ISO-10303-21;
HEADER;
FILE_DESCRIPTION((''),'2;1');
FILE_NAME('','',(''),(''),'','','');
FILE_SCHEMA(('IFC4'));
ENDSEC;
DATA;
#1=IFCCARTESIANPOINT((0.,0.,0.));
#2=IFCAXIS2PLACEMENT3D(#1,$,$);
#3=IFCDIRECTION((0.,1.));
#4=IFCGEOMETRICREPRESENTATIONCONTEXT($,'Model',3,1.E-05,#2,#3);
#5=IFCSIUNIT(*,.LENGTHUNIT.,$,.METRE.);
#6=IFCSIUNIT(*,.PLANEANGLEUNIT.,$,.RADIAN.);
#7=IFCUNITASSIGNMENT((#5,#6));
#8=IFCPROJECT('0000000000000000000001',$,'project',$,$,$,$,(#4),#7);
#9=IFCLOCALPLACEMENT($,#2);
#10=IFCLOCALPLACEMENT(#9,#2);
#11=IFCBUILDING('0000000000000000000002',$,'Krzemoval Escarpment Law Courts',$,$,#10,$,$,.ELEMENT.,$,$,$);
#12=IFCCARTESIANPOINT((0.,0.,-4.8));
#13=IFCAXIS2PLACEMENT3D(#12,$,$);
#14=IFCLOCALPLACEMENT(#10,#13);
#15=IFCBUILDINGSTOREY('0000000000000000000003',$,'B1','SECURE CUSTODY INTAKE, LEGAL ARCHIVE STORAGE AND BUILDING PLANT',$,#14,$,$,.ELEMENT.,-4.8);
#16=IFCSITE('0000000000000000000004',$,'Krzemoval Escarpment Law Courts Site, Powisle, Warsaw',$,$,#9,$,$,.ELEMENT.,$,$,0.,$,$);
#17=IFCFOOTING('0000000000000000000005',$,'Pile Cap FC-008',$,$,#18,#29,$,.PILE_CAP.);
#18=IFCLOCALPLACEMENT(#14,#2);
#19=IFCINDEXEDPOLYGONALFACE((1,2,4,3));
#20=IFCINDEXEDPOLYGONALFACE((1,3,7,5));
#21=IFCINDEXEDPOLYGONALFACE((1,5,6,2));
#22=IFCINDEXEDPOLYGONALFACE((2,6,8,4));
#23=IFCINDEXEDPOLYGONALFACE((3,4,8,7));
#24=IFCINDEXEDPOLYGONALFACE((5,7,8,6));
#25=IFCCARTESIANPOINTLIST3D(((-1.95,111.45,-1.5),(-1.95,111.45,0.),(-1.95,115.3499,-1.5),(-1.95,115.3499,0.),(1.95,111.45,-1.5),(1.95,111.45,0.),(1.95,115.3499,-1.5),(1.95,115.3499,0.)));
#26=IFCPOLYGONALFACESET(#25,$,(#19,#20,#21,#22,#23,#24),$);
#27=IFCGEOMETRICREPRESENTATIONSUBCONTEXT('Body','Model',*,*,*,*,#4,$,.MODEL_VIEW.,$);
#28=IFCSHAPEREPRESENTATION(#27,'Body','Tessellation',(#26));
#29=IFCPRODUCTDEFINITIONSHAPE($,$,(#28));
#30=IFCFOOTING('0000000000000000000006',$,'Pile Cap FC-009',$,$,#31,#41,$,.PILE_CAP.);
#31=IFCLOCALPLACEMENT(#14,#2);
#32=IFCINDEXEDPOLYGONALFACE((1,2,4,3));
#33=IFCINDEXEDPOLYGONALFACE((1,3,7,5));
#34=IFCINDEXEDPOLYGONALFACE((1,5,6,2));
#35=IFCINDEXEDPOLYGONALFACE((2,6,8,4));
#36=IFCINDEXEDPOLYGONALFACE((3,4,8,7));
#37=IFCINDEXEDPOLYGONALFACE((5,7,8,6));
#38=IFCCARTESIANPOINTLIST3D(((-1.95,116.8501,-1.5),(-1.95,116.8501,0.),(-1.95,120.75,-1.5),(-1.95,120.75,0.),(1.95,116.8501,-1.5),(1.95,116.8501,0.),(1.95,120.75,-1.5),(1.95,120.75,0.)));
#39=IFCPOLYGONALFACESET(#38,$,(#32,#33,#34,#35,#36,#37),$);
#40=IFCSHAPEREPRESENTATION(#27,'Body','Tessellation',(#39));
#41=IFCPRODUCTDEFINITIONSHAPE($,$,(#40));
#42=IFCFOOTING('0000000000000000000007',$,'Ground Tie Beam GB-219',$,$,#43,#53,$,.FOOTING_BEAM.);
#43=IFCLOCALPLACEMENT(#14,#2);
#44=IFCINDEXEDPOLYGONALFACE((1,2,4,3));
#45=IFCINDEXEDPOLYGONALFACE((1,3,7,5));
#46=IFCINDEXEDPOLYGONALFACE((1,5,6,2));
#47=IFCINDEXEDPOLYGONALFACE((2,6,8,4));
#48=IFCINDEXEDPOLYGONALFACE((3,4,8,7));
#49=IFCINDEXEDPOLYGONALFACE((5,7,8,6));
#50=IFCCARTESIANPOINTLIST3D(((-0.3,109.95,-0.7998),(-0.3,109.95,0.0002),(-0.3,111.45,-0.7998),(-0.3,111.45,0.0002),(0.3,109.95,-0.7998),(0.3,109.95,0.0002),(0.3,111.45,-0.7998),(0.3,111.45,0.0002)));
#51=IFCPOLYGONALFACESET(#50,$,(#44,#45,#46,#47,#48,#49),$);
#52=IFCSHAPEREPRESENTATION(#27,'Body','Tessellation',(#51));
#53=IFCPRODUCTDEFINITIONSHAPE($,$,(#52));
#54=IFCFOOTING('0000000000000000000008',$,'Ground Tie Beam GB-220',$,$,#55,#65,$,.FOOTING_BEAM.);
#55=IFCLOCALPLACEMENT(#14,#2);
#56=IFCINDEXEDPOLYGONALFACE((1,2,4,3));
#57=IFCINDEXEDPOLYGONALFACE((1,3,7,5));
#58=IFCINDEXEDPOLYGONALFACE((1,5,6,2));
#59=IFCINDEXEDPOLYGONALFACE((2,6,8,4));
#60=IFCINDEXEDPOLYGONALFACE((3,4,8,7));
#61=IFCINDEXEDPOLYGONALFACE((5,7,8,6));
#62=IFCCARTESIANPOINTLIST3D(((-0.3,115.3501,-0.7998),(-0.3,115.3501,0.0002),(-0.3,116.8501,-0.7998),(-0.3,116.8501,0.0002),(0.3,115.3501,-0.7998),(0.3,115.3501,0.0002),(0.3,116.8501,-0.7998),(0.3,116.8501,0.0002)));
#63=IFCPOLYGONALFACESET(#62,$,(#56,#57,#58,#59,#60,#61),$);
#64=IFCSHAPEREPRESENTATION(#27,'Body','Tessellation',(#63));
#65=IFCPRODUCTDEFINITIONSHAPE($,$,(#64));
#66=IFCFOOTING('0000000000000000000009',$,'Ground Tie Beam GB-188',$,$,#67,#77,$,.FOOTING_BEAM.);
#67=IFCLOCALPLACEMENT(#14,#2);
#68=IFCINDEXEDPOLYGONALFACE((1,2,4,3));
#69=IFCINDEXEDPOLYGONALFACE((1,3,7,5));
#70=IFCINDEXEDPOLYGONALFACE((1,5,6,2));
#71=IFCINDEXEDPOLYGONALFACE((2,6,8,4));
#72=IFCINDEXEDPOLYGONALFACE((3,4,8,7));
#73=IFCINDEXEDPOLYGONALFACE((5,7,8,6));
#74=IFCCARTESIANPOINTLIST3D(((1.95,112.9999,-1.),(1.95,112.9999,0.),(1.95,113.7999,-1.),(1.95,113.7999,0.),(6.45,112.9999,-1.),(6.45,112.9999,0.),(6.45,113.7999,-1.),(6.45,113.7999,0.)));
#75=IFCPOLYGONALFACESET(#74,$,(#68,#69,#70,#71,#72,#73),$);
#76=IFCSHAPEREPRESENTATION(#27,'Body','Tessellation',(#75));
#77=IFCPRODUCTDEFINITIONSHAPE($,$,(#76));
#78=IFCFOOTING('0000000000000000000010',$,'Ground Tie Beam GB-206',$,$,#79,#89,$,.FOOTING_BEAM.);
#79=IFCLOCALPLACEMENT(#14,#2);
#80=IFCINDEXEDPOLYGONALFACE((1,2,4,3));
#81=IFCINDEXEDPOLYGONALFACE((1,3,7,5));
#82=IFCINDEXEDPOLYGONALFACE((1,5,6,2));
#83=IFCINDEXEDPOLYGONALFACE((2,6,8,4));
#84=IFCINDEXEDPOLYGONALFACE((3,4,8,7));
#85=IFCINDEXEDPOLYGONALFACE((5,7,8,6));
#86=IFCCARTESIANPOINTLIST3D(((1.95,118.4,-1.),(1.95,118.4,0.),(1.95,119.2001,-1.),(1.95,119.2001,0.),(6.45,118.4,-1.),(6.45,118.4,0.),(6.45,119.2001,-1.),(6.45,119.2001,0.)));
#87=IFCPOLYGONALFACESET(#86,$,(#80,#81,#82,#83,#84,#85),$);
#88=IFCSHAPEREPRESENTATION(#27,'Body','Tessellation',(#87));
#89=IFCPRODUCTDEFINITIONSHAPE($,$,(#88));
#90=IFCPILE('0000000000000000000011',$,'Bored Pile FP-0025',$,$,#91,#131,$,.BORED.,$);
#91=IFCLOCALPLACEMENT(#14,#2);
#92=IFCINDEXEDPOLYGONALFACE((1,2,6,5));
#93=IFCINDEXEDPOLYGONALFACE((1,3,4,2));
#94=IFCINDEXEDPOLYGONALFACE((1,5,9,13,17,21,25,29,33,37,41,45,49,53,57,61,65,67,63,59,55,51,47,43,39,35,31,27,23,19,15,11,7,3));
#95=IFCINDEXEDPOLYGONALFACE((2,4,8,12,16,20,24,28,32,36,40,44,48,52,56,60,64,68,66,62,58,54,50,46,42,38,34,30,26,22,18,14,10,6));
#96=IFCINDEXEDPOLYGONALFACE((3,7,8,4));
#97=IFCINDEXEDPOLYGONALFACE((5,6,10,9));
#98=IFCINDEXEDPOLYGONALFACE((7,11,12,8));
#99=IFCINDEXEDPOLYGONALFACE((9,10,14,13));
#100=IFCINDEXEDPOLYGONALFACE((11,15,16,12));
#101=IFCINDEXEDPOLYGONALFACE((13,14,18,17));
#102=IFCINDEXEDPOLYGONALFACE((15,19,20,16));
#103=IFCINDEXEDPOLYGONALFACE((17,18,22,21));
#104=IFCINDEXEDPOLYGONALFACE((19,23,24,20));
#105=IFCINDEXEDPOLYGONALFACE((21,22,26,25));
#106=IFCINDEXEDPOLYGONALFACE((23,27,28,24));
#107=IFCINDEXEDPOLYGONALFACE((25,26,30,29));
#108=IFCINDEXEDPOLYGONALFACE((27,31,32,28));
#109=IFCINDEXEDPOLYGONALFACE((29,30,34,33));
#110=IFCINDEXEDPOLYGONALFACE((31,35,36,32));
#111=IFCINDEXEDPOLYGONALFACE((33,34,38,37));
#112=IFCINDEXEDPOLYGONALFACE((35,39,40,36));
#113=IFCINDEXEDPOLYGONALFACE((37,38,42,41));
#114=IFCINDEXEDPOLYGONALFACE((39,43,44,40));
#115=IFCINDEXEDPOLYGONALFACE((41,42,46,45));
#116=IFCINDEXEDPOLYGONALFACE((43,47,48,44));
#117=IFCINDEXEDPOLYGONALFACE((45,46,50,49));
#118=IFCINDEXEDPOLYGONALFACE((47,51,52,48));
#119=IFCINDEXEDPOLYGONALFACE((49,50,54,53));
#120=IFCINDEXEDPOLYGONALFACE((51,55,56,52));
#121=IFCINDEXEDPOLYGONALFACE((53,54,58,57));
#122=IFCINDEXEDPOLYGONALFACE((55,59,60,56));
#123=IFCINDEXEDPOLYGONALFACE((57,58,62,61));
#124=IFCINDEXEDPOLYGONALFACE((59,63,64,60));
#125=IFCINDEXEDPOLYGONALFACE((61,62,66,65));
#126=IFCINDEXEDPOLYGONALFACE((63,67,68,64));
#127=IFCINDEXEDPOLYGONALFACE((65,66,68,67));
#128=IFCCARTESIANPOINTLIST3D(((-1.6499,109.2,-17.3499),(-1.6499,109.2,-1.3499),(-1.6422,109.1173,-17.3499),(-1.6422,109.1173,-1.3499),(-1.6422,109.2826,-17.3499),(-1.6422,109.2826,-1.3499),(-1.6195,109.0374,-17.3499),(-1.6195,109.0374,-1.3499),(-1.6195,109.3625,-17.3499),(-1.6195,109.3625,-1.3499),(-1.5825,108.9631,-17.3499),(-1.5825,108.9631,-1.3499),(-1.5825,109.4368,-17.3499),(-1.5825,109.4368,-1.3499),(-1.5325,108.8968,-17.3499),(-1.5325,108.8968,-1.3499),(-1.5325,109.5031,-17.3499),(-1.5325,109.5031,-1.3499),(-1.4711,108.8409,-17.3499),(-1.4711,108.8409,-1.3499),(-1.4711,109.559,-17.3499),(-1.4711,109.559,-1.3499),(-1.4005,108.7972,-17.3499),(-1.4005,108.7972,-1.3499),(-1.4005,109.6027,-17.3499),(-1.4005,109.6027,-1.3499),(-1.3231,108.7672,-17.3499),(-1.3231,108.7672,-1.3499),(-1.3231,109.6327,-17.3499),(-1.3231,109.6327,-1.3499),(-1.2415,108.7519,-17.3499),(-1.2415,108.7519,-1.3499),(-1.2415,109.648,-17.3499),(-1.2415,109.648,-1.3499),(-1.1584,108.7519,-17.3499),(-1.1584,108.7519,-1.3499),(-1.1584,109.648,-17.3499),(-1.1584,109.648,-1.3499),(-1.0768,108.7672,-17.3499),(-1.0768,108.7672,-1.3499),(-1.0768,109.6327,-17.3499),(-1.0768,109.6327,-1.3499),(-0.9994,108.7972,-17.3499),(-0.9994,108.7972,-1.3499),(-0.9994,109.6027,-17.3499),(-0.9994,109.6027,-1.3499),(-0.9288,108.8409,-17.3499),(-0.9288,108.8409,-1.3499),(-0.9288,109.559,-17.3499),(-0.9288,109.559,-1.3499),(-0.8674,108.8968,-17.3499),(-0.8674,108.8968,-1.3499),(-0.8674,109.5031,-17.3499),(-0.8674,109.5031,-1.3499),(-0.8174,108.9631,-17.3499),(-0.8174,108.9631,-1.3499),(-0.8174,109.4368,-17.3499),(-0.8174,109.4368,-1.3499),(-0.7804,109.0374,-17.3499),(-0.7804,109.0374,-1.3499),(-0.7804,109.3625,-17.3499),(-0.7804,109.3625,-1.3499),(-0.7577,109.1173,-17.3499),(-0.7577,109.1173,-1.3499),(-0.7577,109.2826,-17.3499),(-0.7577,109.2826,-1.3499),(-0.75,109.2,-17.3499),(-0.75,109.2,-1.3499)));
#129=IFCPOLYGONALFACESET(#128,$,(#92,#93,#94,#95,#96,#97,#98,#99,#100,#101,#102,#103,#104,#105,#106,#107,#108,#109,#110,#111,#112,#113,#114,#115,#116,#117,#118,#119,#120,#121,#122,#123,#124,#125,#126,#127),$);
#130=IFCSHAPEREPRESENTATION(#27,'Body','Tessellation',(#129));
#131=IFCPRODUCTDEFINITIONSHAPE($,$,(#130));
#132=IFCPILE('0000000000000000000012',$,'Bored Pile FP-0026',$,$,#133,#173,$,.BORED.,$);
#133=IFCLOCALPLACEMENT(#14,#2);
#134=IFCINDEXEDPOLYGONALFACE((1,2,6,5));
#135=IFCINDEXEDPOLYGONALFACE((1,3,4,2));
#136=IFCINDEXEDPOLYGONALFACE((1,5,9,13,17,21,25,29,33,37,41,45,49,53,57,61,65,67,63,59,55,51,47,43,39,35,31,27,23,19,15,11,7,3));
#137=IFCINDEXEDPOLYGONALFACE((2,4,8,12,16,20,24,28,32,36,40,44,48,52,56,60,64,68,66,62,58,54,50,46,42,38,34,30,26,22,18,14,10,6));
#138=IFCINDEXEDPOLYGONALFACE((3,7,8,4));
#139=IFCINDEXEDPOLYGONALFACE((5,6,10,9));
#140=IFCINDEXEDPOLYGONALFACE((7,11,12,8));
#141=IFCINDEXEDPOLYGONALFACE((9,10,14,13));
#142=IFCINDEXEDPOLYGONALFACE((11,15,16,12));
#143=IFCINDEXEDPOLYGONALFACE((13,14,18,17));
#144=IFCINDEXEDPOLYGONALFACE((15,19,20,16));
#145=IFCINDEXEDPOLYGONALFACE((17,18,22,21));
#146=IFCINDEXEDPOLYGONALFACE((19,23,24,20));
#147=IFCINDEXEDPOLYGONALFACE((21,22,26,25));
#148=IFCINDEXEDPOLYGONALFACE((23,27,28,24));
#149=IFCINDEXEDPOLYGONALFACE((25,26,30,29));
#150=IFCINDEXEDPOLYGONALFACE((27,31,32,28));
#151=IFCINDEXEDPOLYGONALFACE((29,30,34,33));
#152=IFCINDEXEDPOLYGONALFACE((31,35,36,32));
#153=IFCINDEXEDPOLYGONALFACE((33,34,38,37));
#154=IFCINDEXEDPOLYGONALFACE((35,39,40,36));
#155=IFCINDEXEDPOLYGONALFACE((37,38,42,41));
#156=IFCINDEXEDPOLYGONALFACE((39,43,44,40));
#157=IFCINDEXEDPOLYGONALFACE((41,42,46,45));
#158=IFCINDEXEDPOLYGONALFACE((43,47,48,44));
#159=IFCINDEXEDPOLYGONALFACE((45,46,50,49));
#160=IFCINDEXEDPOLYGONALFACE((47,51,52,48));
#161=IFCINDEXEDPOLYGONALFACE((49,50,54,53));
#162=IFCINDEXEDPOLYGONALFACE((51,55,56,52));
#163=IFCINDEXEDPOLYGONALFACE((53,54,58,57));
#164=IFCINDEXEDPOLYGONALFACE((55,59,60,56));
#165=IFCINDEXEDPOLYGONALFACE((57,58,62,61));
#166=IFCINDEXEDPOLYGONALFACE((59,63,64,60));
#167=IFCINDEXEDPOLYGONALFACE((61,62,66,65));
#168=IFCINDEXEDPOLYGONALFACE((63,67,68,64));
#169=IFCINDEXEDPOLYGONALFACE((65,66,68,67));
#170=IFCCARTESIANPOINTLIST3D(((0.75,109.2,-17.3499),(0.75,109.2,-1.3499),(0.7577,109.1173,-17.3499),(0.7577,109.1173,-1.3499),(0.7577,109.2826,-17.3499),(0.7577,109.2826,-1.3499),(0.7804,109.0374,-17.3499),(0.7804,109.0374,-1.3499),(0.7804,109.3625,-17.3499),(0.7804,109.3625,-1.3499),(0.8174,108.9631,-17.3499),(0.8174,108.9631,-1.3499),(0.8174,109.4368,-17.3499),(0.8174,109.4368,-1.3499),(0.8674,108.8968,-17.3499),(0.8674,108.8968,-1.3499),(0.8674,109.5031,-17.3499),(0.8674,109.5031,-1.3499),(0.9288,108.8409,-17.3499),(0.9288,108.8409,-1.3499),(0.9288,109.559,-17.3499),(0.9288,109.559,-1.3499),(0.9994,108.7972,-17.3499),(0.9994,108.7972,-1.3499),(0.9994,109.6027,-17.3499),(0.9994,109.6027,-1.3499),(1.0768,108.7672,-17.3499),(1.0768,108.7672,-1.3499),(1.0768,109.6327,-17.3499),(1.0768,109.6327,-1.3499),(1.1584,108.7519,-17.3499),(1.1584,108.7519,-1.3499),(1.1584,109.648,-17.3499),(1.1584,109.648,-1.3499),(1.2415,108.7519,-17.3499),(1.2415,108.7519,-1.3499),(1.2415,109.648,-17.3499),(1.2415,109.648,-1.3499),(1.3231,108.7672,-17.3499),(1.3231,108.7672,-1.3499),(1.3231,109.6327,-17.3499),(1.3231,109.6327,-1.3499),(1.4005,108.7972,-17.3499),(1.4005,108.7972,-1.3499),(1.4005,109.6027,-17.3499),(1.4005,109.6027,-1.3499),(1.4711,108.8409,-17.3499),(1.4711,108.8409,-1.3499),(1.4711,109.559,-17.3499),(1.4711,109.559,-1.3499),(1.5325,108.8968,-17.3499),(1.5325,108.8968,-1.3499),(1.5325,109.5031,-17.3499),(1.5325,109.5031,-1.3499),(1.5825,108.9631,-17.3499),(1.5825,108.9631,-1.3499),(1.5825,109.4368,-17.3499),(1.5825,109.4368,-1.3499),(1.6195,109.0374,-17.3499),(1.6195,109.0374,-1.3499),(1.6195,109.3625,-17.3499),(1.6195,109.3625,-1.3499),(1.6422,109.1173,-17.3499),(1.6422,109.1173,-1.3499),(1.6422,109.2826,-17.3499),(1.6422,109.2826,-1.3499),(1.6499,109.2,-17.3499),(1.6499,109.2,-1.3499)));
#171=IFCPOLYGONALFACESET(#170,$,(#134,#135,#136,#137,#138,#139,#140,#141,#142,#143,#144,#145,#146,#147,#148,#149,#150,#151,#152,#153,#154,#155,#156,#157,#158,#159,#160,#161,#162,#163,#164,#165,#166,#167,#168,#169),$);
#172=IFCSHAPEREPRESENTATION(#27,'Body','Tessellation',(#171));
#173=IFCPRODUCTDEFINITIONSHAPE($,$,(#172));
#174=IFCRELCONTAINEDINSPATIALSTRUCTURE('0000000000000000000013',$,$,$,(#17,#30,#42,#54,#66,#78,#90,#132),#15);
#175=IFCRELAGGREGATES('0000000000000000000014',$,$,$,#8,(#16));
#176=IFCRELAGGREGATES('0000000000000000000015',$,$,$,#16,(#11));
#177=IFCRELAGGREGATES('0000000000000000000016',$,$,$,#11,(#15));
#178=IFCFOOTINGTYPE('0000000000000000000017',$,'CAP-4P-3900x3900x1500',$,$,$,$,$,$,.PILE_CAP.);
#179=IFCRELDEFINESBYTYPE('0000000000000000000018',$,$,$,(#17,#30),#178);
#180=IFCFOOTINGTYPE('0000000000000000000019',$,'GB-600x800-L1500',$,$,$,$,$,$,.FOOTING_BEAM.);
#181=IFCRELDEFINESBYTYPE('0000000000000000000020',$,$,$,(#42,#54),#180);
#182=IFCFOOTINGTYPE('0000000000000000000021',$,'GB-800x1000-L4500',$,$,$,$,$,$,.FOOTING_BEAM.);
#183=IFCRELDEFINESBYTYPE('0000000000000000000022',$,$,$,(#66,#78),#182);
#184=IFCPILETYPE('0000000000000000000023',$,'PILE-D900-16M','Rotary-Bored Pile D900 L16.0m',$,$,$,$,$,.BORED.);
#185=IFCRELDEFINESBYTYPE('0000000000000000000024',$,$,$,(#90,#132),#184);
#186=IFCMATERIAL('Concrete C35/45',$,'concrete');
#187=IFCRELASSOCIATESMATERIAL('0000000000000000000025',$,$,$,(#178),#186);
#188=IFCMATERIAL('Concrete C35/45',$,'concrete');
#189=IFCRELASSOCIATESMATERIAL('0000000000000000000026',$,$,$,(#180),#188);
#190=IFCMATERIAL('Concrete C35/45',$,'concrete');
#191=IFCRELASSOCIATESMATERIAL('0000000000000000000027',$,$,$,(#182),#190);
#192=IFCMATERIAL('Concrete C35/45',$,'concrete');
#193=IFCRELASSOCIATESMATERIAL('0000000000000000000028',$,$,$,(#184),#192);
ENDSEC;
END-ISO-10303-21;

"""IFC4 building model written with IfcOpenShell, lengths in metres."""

from ifc_helpers import new_model, si_unit, direction, frame, origin, origin_2d, place, context, subcontext, project, spatial, rectangle, circle, extrude, material, material_profile, profile_set, type_object, element, save


model = new_model("IFC4")

# Units and contexts
model_context = context("Model", 3, precision=1e-05, world=origin(), true_north=direction((0.0, 1.0)))
body_context = subcontext(model_context, "Body", "Model", "MODEL_VIEW")
ifc_project = project(units=[si_unit("LENGTHUNIT", "METRE"), si_unit("PLANEANGLEUNIT", "RADIAN")], contexts=[model_context])

# Site, building, storey
site_placement = place(None, origin())
site = spatial("IfcSite", under=ifc_project, at=site_placement, Name="Krzemoval Escarpment Law Courts Site, Powisle, Warsaw", CompositionType="ELEMENT", RefElevation=0.0)
building_placement = place(site_placement, origin())
building = spatial("IfcBuilding", under=site, at=building_placement, Name="Krzemoval Escarpment Law Courts", CompositionType="ELEMENT")
storey_placement = place(building_placement, frame((0.0, 0.0, -4.8)))
storey = spatial("IfcBuildingStorey", under=building, at=storey_placement, Name="B1", Description="SECURE CUSTODY INTAKE, LEGAL ARCHIVE STORAGE AND BUILDING PLANT", CompositionType="ELEMENT", Elevation=-4.8)

# Footings
ifc_material_1 = material(Name="Concrete C35/45", Category="concrete")
footing_type_1 = type_object("IfcFootingType", Name="CAP-4P-3900x3900x1500", PredefinedType="PILE_CAP", material=ifc_material_1)
for number, where, z_axis, x_axis, name in (
    (1, (0.0, 113.3999, -1.5), (0.0, 0.0, 1.0), (1.0, 0.0, 0.0), "Pile Cap FC-008"),
    (2, (0.0, 118.8, -1.5), (0.0, 0.0, 1.0), (1.0, 0.0, 0.0), "Pile Cap FC-009"),
):
    element("IfcFooting", number, at=place(storey_placement, frame(where, z_axis=z_axis, x_axis=x_axis)), inside=storey, type_object=footing_type_1, Name=name, PredefinedType="PILE_CAP", context=body_context, shape_type="SweptSolid", body=[
        extrude(rectangle(XDim=3.8999, YDim=3.8999, at=origin_2d()), origin(), (0.0, 0.0, 1.0), 1.5),
    ])
ifc_material_2 = material(Name="Concrete C35/45", Category="concrete")
footing_type_2 = type_object("IfcFootingType", Name="GB-600x800-L1500", PredefinedType="FOOTING_BEAM", material=ifc_material_2)
for number, where, z_axis, x_axis, name in (
    (3, (0.0, 110.7, -0.7998), (0.0, 0.0, 1.0), (0.0, 1.0, 0.0), "Ground Tie Beam GB-219"),
    (4, (0.0, 116.1001, -0.7998), (0.0, 0.0, 1.0), (0.0, 1.0, 0.0), "Ground Tie Beam GB-220"),
):
    element("IfcFooting", number, at=place(storey_placement, frame(where, z_axis=z_axis, x_axis=x_axis)), inside=storey, type_object=footing_type_2, Name=name, PredefinedType="FOOTING_BEAM", context=body_context, shape_type="SweptSolid", body=[
        extrude(rectangle(XDim=1.5, YDim=0.6001, at=origin_2d()), origin(), (0.0, 0.0, 1.0), 0.8),
    ])
ifc_material_3 = material(Name="Concrete C35/45", Category="concrete")
footing_type_3 = type_object("IfcFootingType", Name="GB-800x1000-L4500", PredefinedType="FOOTING_BEAM", material=ifc_material_3)
for number, where, z_axis, x_axis, name in (
    (5, (4.2, 113.3999, -1.0), (0.0, 0.0, 1.0), (1.0, 0.0, 0.0), "Ground Tie Beam GB-188"),
    (6, (4.2, 118.8, -1.0), (0.0, 0.0, 1.0), (1.0, 0.0, 0.0), "Ground Tie Beam GB-206"),
):
    element("IfcFooting", number, at=place(storey_placement, frame(where, z_axis=z_axis, x_axis=x_axis)), inside=storey, type_object=footing_type_3, Name=name, PredefinedType="FOOTING_BEAM", context=body_context, shape_type="SweptSolid", body=[
        extrude(rectangle(XDim=4.5, YDim=0.8, at=origin_2d()), origin(), (0.0, 0.0, 1.0), 1.0),
    ])

# Piles
ifc_material_4 = material(Name="Concrete C35/45", Category="concrete")
ifc_material_profile_1 = material_profile(ifc_material_4, circle(Radius=0.45, at=origin_2d()), Name="PILE D900")
ifc_profile_set_1 = profile_set([ifc_material_profile_1], Name="Concrete C35/45")
pile_type = type_object("IfcPileType", Name="PILE-D900-16M", Description="Rotary-Bored Pile D900 L16.0m", PredefinedType="BORED", material=ifc_profile_set_1)
for number, where, z_axis, x_axis, name in (
    (7, (-1.2, 109.2, -1.3499), (0.0, 0.0, -1.0), (1.0, 0.0, 0.0), "Bored Pile FP-0025"),
    (8, (1.2, 109.2, -1.3499), (0.0, 0.0, -1.0), (1.0, 0.0, 0.0), "Bored Pile FP-0026"),
):
    element("IfcPile", number, at=place(storey_placement, frame(where, z_axis=z_axis, x_axis=x_axis)), inside=storey, type_object=pile_type, Name=name, PredefinedType="BORED", context=body_context, shape_type="SweptSolid", body=[
        extrude(circle(Radius=0.45, at=origin_2d()), origin(), (0.0, 0.0, 1.0), 16.0),
    ])

save(model, "model.ifc")
